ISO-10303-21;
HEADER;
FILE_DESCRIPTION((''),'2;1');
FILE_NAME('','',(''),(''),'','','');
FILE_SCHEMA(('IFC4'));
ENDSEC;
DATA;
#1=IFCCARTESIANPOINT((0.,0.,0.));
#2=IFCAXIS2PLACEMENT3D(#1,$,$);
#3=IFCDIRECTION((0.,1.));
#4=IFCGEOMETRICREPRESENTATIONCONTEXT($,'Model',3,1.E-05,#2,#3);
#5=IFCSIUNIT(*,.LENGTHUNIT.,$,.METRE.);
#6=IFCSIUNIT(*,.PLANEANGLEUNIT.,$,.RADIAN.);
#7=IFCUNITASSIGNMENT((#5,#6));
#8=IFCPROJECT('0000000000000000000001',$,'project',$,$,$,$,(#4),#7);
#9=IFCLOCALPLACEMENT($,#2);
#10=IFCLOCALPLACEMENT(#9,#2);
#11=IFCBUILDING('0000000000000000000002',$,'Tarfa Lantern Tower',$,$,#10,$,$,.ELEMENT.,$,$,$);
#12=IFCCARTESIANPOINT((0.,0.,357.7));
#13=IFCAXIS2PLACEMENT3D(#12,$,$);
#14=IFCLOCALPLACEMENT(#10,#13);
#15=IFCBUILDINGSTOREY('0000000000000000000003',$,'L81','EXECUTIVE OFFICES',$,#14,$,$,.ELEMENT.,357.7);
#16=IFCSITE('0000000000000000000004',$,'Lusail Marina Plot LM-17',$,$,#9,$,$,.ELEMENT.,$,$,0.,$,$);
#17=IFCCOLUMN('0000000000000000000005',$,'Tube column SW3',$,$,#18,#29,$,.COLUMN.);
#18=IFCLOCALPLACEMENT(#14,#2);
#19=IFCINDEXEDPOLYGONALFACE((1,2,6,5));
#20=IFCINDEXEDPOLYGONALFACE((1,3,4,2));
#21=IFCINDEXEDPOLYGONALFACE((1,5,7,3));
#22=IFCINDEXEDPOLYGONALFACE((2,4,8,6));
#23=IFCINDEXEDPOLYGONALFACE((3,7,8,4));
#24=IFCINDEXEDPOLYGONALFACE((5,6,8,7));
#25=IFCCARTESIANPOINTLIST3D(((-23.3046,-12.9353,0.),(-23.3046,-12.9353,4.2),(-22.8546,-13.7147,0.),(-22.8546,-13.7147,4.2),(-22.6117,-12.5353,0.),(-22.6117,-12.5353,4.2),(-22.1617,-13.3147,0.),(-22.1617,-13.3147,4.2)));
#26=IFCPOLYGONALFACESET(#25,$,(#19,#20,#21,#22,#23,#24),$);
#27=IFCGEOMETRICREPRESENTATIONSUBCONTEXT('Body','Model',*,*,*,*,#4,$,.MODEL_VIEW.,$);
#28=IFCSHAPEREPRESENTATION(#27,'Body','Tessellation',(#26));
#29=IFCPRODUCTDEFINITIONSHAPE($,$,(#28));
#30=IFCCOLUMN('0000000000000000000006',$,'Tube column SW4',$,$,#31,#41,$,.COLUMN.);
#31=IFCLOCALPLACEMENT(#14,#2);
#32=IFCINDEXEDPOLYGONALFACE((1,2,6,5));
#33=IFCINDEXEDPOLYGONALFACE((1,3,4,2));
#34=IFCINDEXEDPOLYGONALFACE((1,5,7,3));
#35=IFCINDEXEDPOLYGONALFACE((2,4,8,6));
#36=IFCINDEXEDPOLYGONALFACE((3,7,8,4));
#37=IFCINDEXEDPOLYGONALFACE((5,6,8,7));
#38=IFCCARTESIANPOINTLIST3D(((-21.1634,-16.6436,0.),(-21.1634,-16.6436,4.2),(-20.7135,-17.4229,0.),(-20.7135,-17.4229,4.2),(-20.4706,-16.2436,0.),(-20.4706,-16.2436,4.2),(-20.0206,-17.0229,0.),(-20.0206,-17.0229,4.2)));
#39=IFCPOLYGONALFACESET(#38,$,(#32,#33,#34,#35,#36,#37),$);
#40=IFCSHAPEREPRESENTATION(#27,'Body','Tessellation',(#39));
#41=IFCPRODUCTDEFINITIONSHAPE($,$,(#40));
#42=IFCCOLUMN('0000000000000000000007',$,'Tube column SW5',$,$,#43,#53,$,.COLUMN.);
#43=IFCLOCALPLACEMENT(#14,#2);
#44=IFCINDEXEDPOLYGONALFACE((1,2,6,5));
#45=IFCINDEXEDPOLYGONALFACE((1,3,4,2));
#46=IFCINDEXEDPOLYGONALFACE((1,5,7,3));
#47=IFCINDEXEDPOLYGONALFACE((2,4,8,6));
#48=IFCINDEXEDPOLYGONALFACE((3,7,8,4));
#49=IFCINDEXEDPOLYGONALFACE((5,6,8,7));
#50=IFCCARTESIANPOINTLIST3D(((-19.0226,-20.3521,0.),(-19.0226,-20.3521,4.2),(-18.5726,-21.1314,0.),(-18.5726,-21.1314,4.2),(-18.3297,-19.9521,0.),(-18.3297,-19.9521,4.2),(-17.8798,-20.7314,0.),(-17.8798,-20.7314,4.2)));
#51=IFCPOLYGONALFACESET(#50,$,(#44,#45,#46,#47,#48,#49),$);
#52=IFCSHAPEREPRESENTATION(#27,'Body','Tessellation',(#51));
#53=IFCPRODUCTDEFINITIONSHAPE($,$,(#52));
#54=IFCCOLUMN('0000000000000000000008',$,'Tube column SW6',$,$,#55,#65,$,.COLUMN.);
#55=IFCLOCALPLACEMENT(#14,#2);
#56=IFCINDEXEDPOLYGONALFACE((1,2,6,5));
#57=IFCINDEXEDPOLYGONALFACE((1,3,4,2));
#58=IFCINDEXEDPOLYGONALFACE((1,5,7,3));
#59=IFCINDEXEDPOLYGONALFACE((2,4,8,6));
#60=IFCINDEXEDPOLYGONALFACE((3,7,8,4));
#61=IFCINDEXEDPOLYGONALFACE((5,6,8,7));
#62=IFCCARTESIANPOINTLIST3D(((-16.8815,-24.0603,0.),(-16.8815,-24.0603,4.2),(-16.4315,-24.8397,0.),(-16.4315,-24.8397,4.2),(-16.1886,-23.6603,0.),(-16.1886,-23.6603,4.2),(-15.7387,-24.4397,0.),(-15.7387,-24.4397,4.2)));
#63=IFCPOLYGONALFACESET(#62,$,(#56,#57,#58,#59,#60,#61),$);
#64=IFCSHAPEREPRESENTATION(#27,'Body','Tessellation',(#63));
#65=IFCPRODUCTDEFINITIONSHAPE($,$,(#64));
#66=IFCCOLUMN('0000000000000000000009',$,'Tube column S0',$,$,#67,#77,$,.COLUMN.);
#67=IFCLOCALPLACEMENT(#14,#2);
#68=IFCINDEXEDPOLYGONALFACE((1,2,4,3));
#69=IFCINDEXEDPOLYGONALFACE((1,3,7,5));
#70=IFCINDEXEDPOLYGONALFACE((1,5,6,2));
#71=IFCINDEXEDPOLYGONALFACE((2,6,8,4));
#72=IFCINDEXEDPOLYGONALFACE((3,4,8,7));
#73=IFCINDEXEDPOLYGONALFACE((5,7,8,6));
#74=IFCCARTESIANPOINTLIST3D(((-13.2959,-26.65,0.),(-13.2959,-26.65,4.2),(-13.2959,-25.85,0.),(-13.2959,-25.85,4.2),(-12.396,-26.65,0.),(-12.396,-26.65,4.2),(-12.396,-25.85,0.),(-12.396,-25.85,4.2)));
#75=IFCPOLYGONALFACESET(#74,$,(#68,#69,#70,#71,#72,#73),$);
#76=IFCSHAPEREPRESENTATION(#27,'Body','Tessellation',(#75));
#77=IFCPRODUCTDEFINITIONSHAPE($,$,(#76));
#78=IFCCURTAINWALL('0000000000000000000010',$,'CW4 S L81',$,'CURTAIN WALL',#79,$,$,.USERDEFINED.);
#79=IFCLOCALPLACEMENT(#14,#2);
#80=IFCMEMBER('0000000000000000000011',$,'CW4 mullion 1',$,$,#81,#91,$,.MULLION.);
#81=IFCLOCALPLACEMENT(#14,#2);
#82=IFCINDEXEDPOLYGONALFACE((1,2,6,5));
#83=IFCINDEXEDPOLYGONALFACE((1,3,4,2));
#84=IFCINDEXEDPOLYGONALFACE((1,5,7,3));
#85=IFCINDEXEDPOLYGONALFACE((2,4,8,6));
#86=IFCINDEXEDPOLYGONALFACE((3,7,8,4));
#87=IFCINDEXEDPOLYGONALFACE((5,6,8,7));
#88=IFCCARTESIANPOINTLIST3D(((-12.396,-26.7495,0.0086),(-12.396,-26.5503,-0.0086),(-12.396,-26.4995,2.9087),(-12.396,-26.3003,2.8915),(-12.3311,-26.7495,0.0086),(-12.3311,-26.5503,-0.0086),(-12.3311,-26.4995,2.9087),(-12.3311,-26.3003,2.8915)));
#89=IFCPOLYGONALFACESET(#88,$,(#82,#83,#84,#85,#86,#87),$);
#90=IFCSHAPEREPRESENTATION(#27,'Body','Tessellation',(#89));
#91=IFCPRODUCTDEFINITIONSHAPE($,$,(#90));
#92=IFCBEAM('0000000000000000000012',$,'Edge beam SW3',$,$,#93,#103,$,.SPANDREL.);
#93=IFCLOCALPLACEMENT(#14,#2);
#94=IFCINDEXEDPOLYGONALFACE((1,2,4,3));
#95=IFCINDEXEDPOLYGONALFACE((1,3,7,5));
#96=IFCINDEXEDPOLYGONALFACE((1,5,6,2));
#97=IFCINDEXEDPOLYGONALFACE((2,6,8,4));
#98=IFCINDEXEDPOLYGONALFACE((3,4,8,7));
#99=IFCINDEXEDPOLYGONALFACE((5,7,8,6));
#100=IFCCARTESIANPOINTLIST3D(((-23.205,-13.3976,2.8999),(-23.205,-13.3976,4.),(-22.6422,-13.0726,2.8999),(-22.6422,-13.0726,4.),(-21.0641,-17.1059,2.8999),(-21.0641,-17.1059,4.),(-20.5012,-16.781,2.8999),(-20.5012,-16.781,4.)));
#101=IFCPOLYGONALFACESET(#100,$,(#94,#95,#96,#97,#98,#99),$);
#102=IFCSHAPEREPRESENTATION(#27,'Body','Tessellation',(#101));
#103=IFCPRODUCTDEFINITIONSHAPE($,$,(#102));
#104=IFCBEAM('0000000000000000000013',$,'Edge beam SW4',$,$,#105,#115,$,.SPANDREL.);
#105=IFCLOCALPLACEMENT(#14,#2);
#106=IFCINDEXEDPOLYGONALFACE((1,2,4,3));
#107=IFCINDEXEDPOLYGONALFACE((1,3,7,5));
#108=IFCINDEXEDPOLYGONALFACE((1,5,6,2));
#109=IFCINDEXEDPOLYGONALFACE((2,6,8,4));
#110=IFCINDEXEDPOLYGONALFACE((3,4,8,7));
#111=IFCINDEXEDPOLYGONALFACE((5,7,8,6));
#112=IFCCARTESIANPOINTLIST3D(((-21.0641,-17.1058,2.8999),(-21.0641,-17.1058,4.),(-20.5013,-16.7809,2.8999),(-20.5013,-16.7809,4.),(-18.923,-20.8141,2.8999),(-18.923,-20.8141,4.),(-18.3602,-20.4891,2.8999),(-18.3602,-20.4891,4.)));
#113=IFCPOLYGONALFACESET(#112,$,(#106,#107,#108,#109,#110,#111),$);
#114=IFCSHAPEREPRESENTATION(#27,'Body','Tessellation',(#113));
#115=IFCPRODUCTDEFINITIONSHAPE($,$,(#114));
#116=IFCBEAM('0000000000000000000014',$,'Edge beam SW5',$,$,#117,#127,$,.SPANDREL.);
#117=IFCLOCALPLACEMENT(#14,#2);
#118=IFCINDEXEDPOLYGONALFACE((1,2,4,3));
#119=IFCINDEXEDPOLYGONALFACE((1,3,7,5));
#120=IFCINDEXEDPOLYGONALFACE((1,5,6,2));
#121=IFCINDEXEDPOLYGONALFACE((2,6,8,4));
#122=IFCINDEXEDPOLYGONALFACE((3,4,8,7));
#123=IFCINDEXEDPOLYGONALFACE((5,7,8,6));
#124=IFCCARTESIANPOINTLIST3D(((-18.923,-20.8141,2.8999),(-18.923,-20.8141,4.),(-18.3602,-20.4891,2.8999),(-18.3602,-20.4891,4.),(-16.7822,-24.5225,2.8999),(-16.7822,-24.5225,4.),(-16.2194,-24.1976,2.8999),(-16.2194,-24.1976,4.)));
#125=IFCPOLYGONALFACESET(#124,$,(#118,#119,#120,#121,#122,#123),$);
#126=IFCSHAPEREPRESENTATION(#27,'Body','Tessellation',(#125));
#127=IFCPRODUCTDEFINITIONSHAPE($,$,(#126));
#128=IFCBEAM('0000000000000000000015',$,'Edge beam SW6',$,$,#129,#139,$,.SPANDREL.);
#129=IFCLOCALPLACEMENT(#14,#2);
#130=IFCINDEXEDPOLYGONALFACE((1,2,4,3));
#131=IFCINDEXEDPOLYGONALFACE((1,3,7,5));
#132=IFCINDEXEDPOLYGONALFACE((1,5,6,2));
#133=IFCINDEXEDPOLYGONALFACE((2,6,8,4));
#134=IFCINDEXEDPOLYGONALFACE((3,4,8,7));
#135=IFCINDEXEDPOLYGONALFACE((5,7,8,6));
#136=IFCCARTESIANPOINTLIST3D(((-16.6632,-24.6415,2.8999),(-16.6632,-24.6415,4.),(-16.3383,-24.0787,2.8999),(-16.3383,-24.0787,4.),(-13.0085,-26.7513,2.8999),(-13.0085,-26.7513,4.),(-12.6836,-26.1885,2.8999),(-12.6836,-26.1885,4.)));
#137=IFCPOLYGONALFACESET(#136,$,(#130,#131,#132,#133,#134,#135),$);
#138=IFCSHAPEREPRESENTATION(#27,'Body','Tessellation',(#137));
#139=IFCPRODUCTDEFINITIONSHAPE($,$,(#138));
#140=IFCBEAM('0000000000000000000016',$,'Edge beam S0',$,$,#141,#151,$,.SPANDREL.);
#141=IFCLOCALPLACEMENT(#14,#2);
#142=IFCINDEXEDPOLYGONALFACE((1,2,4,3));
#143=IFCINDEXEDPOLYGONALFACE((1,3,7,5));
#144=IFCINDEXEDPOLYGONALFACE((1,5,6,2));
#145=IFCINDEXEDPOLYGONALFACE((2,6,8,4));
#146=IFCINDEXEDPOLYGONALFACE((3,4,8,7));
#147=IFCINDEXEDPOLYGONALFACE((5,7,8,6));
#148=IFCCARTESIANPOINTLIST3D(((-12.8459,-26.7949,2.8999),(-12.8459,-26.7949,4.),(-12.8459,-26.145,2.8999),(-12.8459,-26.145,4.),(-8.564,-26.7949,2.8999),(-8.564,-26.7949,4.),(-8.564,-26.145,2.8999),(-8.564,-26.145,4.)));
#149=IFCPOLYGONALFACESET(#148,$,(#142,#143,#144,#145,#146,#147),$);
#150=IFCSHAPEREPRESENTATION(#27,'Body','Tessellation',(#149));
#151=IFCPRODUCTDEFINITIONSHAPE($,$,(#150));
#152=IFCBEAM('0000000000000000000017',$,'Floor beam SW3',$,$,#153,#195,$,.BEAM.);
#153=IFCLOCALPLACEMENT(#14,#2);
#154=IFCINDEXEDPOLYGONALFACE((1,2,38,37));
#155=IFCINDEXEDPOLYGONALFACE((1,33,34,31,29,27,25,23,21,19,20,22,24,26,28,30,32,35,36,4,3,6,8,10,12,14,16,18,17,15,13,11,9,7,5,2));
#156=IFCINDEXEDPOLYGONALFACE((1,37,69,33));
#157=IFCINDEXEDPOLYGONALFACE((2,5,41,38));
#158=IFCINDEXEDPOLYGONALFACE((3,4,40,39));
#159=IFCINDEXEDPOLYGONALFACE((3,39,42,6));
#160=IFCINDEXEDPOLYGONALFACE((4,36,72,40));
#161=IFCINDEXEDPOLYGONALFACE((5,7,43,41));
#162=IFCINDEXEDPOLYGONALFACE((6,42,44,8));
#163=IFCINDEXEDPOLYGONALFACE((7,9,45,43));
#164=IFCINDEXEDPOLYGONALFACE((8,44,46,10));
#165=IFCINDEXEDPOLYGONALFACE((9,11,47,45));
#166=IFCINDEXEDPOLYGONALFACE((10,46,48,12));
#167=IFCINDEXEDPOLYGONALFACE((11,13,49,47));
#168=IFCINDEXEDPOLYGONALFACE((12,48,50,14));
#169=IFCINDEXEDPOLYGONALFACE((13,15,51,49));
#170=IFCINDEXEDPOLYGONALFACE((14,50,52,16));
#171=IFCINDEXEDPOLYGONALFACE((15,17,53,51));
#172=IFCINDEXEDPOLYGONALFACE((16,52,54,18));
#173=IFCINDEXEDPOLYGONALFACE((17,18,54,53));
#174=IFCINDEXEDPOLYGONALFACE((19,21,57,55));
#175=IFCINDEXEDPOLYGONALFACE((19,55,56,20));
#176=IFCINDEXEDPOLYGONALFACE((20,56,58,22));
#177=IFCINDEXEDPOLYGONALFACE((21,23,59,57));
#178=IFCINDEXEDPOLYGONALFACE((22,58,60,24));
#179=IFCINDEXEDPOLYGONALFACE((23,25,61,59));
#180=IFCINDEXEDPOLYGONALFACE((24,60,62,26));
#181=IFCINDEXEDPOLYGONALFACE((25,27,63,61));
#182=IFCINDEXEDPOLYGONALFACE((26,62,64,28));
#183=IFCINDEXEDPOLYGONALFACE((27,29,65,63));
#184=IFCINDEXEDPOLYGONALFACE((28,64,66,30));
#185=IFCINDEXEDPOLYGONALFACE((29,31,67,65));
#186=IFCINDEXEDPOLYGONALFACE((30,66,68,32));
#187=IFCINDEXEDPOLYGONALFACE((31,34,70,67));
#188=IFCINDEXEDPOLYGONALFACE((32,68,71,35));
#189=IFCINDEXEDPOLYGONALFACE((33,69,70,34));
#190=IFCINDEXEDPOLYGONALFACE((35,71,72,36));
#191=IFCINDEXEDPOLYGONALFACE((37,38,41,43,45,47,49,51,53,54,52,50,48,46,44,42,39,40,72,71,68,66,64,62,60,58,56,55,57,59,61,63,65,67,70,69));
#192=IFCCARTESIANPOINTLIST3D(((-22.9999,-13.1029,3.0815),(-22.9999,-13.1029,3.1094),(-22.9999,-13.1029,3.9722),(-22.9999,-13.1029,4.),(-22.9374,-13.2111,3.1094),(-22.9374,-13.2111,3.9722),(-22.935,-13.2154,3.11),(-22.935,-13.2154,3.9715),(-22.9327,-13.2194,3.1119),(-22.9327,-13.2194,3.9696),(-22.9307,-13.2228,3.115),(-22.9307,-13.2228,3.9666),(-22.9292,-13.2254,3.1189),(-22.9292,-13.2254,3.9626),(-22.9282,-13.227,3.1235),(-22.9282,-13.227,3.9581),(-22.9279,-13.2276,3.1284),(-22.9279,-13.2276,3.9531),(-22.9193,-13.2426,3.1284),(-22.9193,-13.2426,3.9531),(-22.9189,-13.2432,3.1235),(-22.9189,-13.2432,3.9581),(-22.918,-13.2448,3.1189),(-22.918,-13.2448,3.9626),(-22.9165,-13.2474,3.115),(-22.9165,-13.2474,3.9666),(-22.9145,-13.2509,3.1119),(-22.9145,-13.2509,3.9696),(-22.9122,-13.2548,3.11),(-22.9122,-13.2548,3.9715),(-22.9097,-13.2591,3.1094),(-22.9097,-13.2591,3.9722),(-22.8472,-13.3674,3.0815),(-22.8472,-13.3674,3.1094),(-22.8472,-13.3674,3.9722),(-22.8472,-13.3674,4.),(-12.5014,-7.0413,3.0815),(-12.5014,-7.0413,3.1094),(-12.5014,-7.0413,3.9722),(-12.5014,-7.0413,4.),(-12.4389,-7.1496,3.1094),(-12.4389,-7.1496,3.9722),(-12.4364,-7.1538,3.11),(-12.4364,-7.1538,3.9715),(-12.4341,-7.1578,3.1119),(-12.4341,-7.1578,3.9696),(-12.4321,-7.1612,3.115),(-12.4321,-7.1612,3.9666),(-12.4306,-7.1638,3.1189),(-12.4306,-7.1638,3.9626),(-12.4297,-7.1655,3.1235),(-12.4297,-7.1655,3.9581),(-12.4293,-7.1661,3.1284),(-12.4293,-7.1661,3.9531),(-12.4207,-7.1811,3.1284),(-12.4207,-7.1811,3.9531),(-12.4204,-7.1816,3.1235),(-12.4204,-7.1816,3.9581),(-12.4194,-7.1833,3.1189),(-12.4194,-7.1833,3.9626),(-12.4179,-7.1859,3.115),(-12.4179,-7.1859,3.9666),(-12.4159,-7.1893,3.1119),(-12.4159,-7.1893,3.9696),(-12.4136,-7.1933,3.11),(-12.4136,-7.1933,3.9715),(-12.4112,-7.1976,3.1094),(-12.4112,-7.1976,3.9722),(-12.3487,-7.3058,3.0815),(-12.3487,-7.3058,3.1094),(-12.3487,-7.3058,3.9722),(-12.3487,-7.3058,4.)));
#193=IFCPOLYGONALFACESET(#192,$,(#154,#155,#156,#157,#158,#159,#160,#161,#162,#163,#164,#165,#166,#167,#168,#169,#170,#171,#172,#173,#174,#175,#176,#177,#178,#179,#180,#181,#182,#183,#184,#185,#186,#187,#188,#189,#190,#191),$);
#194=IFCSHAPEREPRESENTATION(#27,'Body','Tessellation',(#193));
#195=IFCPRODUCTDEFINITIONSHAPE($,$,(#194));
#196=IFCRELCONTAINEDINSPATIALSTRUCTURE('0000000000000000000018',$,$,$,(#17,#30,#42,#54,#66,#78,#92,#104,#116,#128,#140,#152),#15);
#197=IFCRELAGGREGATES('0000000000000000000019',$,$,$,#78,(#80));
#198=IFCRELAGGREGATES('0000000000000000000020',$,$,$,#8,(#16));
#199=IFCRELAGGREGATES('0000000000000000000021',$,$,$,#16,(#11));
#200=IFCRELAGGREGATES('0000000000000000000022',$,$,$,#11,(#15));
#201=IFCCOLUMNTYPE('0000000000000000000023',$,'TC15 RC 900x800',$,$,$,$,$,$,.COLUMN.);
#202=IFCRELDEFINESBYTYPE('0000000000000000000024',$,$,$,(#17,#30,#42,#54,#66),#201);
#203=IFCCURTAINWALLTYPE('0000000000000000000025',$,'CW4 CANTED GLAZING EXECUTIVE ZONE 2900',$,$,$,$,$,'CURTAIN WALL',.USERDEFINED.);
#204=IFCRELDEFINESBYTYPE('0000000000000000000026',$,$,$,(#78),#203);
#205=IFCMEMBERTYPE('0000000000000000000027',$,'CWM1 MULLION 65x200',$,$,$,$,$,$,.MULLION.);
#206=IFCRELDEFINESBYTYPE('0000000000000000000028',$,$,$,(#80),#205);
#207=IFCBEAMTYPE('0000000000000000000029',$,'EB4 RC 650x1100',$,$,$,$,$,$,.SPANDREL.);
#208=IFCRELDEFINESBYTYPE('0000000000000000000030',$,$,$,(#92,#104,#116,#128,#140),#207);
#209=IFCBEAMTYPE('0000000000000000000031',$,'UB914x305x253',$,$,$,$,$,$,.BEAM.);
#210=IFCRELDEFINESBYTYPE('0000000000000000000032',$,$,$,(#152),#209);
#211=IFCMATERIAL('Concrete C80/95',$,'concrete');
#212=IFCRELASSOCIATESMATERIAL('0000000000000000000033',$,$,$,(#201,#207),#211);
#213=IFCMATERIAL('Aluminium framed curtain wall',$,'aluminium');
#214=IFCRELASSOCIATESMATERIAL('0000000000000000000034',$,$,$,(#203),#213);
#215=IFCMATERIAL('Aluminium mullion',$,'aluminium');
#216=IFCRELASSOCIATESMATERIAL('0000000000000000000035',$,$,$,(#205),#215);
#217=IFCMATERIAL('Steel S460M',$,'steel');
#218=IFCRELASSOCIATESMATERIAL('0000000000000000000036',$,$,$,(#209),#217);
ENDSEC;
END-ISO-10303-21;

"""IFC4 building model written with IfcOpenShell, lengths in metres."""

from ifc_helpers import new_model, si_unit, direction, frame, origin, origin_2d, place, context, subcontext, project, spatial, rectangle, i_section, extrude, material, material_profile, profile_set, type_object, element, aggregate, save


model = new_model("IFC4")

# Units and contexts
model_context = context("Model", 3, precision=1e-05, world=origin(), true_north=direction((0.0, 1.0)))
body_context = subcontext(model_context, "Body", "Model", "MODEL_VIEW")
ifc_project = project(units=[si_unit("LENGTHUNIT", "METRE"), si_unit("PLANEANGLEUNIT", "RADIAN")], contexts=[model_context])

# Site, building, storey
site_placement = place(None, origin())
site = spatial("IfcSite", under=ifc_project, at=site_placement, Name="Lusail Marina Plot LM-17", CompositionType="ELEMENT", RefElevation=0.0)
building_placement = place(site_placement, origin())
building = spatial("IfcBuilding", under=site, at=building_placement, Name="Tarfa Lantern Tower", CompositionType="ELEMENT")
storey_placement = place(building_placement, frame((0.0, 0.0, 357.7)))
storey = spatial("IfcBuildingStorey", under=building, at=storey_placement, Name="L81", Description="EXECUTIVE OFFICES", CompositionType="ELEMENT", Elevation=357.7)

# Columns
ifc_material_1 = material(Name="Concrete C80/95", Category="concrete")
ifc_material_profile_1 = material_profile(ifc_material_1, rectangle(XDim=0.8999, YDim=0.8, at=origin_2d()), Name="RC 900x800")
ifc_profile_set_1 = profile_set([ifc_material_profile_1], Name="Concrete C80/95")
column_type = type_object("IfcColumnType", Name="TC15 RC 900x800", PredefinedType="COLUMN", material=ifc_profile_set_1)
for number, where, z_axis, x_axis, name in (
    (1, (-22.7332, -13.125, 0.0), (0.0, 0.0, 1.0), (0.5, -0.866025, 0.0), "Tube column SW3"),
    (2, (-20.592, -16.8333, 0.0), (0.0, 0.0, 1.0), (0.5, -0.866025, 0.0), "Tube column SW4"),
    (3, (-18.4512, -20.5417, 0.0), (0.0, 0.0, 1.0), (0.5, -0.866025, 0.0), "Tube column SW5"),
    (4, (-16.3101, -24.25, 0.0), (0.0, 0.0, 1.0), (0.5, -0.866025, 0.0), "Tube column SW6"),
    (5, (-12.8459, -26.25, 0.0), (0.0, 0.0, 1.0), (1.0, 0.0, 0.0), "Tube column S0"),
):
    element("IfcColumn", number, at=place(storey_placement, frame(where, z_axis=z_axis, x_axis=x_axis)), inside=storey, type_object=column_type, Name=name, PredefinedType="COLUMN", context=body_context, shape_type="SweptSolid", body=[
        extrude(rectangle(XDim=0.8999, YDim=0.8, at=origin_2d()), origin(), (0.0, 0.0, 1.0), 4.2),
    ])

# Curtain wall, member
ifc_material_2 = material(Name="Aluminium framed curtain wall", Category="aluminium")
curtain_wall_type = type_object("IfcCurtainWallType", Name="CW4 CANTED GLAZING EXECUTIVE ZONE 2900", ElementType="CURTAIN WALL", PredefinedType="USERDEFINED", material=ifc_material_2)
curtain_wall_placement = place(storey_placement, origin())
curtain_wall = element("IfcCurtainWall", 6, at=curtain_wall_placement, inside=storey, type_object=curtain_wall_type, Name="CW4 S L81", ObjectType="CURTAIN WALL", PredefinedType="USERDEFINED")
ifc_material_3 = material(Name="Aluminium mullion", Category="aluminium")
ifc_material_profile_2 = material_profile(ifc_material_3, rectangle(XDim=0.0649, YDim=0.2, at=origin_2d()), Name="AL MULLION 65x200")
ifc_profile_set_2 = profile_set([ifc_material_profile_2], Name="Aluminium mullion")
member_type = type_object("IfcMemberType", Name="CWM1 MULLION 65x200", PredefinedType="MULLION", material=ifc_profile_set_2)
member_placement = place(storey_placement, frame((-12.3635, -26.6499, 0.0), z_axis=(0.0, 0.085884, 0.996305), x_axis=(-1.0, 0.0, 0.0)))
member = element("IfcMember", 7, at=member_placement, type_object=member_type, Name="CW4 mullion 1", PredefinedType="MULLION", context=body_context, shape_type="SweptSolid", body=[
    extrude(rectangle(XDim=0.0649, YDim=0.2, at=origin_2d()), origin(), (0.0, 0.0, 1.0), 2.9109),
])

# Beams
ifc_material_profile_3 = material_profile(ifc_material_1, rectangle(XDim=0.6499, YDim=1.1001, at=origin_2d()), Name="RC 650x1100")
ifc_profile_set_3 = profile_set([ifc_material_profile_3], Name="Concrete C80/95")
beam_type_1 = type_object("IfcBeamType", Name="EB4 RC 650x1100", PredefinedType="SPANDREL", material=ifc_profile_set_3)
for number, where, z_axis, x_axis, name in (
    (8, (-22.9236, -13.2351, 3.45), (0.499984, -0.866035, 0.0), (0.866035, 0.499984, 0.0), "Edge beam SW3"),
    (9, (-20.7827, -16.9434, 3.45), (0.500027, -0.86601, 0.0), (0.86601, 0.500027, 0.0), "Edge beam SW4"),
    (10, (-18.6416, -20.6516, 3.45), (0.499959, -0.866049, 0.0), (0.866049, 0.499959, 0.0), "Edge beam SW5"),
):
    element("IfcBeam", number, at=place(storey_placement, frame(where, z_axis=z_axis, x_axis=x_axis)), inside=storey, type_object=beam_type_1, Name=name, PredefinedType="SPANDREL", context=body_context, shape_type="SweptSolid", body=[
        extrude(rectangle(XDim=0.6499, YDim=1.1001, at=origin_2d()), origin(), (0.0, 0.0, 1.0), 4.282),
    ])
beam_1_placement = place(storey_placement, frame((-16.5007, -24.3601, 3.45), z_axis=(0.866049, -0.499959, 0.0), x_axis=(0.499959, 0.866049, 0.0)))
element("IfcBeam", 11, at=beam_1_placement, inside=storey, type_object=beam_type_1, Name="Edge beam SW6", PredefinedType="SPANDREL", context=body_context, shape_type="SweptSolid", body=[
    extrude(rectangle(XDim=0.6499, YDim=1.1001, at=origin_2d()), origin(), (0.0, 0.0, 1.0), 4.22),
])
beam_2_placement = place(storey_placement, frame((-12.8459, -26.47, 3.45), z_axis=(1.0, 0.0, 0.0), x_axis=(0.0, 1.0, 0.0)))
element("IfcBeam", 12, at=beam_2_placement, inside=storey, type_object=beam_type_1, Name="Edge beam S0", PredefinedType="SPANDREL", context=body_context, shape_type="SweptSolid", body=[
    extrude(rectangle(XDim=0.6499, YDim=1.1001, at=origin_2d()), origin(), (0.0, 0.0, 1.0), 4.282),
])
ifc_material_4 = material(Name="Steel S460M", Category="steel")
ifc_material_profile_4 = material_profile(ifc_material_4, i_section(OverallWidth=0.3054, OverallDepth=0.9185, WebThickness=0.0173, FlangeThickness=0.0278, FilletRadius=0.019, at=origin_2d()), Name="UB914x305x253")
ifc_profile_set_4 = profile_set([ifc_material_profile_4], Name="Steel S460M")
beam_type_2 = type_object("IfcBeamType", Name="UB914x305x253", PredefinedType="BEAM", material=ifc_profile_set_4)
beam_3_placement = place(storey_placement, frame((-22.9236, -13.2351, 3.5408), z_axis=(0.866019, 0.500012, 0.0), x_axis=(-0.500012, 0.866019, 0.0)))
element("IfcBeam", 13, at=beam_3_placement, inside=storey, type_object=beam_type_2, Name="Floor beam SW3", PredefinedType="BEAM", context=body_context, shape_type="SweptSolid", body=[
    extrude(i_section(OverallWidth=0.3054, OverallDepth=0.9185, WebThickness=0.0173, FlangeThickness=0.0278, FilletRadius=0.019, at=origin_2d()), origin(), (0.0, 0.0, 1.0), 12.1228),
])

aggregate(curtain_wall, [member])

save(model, "model.ifc")
